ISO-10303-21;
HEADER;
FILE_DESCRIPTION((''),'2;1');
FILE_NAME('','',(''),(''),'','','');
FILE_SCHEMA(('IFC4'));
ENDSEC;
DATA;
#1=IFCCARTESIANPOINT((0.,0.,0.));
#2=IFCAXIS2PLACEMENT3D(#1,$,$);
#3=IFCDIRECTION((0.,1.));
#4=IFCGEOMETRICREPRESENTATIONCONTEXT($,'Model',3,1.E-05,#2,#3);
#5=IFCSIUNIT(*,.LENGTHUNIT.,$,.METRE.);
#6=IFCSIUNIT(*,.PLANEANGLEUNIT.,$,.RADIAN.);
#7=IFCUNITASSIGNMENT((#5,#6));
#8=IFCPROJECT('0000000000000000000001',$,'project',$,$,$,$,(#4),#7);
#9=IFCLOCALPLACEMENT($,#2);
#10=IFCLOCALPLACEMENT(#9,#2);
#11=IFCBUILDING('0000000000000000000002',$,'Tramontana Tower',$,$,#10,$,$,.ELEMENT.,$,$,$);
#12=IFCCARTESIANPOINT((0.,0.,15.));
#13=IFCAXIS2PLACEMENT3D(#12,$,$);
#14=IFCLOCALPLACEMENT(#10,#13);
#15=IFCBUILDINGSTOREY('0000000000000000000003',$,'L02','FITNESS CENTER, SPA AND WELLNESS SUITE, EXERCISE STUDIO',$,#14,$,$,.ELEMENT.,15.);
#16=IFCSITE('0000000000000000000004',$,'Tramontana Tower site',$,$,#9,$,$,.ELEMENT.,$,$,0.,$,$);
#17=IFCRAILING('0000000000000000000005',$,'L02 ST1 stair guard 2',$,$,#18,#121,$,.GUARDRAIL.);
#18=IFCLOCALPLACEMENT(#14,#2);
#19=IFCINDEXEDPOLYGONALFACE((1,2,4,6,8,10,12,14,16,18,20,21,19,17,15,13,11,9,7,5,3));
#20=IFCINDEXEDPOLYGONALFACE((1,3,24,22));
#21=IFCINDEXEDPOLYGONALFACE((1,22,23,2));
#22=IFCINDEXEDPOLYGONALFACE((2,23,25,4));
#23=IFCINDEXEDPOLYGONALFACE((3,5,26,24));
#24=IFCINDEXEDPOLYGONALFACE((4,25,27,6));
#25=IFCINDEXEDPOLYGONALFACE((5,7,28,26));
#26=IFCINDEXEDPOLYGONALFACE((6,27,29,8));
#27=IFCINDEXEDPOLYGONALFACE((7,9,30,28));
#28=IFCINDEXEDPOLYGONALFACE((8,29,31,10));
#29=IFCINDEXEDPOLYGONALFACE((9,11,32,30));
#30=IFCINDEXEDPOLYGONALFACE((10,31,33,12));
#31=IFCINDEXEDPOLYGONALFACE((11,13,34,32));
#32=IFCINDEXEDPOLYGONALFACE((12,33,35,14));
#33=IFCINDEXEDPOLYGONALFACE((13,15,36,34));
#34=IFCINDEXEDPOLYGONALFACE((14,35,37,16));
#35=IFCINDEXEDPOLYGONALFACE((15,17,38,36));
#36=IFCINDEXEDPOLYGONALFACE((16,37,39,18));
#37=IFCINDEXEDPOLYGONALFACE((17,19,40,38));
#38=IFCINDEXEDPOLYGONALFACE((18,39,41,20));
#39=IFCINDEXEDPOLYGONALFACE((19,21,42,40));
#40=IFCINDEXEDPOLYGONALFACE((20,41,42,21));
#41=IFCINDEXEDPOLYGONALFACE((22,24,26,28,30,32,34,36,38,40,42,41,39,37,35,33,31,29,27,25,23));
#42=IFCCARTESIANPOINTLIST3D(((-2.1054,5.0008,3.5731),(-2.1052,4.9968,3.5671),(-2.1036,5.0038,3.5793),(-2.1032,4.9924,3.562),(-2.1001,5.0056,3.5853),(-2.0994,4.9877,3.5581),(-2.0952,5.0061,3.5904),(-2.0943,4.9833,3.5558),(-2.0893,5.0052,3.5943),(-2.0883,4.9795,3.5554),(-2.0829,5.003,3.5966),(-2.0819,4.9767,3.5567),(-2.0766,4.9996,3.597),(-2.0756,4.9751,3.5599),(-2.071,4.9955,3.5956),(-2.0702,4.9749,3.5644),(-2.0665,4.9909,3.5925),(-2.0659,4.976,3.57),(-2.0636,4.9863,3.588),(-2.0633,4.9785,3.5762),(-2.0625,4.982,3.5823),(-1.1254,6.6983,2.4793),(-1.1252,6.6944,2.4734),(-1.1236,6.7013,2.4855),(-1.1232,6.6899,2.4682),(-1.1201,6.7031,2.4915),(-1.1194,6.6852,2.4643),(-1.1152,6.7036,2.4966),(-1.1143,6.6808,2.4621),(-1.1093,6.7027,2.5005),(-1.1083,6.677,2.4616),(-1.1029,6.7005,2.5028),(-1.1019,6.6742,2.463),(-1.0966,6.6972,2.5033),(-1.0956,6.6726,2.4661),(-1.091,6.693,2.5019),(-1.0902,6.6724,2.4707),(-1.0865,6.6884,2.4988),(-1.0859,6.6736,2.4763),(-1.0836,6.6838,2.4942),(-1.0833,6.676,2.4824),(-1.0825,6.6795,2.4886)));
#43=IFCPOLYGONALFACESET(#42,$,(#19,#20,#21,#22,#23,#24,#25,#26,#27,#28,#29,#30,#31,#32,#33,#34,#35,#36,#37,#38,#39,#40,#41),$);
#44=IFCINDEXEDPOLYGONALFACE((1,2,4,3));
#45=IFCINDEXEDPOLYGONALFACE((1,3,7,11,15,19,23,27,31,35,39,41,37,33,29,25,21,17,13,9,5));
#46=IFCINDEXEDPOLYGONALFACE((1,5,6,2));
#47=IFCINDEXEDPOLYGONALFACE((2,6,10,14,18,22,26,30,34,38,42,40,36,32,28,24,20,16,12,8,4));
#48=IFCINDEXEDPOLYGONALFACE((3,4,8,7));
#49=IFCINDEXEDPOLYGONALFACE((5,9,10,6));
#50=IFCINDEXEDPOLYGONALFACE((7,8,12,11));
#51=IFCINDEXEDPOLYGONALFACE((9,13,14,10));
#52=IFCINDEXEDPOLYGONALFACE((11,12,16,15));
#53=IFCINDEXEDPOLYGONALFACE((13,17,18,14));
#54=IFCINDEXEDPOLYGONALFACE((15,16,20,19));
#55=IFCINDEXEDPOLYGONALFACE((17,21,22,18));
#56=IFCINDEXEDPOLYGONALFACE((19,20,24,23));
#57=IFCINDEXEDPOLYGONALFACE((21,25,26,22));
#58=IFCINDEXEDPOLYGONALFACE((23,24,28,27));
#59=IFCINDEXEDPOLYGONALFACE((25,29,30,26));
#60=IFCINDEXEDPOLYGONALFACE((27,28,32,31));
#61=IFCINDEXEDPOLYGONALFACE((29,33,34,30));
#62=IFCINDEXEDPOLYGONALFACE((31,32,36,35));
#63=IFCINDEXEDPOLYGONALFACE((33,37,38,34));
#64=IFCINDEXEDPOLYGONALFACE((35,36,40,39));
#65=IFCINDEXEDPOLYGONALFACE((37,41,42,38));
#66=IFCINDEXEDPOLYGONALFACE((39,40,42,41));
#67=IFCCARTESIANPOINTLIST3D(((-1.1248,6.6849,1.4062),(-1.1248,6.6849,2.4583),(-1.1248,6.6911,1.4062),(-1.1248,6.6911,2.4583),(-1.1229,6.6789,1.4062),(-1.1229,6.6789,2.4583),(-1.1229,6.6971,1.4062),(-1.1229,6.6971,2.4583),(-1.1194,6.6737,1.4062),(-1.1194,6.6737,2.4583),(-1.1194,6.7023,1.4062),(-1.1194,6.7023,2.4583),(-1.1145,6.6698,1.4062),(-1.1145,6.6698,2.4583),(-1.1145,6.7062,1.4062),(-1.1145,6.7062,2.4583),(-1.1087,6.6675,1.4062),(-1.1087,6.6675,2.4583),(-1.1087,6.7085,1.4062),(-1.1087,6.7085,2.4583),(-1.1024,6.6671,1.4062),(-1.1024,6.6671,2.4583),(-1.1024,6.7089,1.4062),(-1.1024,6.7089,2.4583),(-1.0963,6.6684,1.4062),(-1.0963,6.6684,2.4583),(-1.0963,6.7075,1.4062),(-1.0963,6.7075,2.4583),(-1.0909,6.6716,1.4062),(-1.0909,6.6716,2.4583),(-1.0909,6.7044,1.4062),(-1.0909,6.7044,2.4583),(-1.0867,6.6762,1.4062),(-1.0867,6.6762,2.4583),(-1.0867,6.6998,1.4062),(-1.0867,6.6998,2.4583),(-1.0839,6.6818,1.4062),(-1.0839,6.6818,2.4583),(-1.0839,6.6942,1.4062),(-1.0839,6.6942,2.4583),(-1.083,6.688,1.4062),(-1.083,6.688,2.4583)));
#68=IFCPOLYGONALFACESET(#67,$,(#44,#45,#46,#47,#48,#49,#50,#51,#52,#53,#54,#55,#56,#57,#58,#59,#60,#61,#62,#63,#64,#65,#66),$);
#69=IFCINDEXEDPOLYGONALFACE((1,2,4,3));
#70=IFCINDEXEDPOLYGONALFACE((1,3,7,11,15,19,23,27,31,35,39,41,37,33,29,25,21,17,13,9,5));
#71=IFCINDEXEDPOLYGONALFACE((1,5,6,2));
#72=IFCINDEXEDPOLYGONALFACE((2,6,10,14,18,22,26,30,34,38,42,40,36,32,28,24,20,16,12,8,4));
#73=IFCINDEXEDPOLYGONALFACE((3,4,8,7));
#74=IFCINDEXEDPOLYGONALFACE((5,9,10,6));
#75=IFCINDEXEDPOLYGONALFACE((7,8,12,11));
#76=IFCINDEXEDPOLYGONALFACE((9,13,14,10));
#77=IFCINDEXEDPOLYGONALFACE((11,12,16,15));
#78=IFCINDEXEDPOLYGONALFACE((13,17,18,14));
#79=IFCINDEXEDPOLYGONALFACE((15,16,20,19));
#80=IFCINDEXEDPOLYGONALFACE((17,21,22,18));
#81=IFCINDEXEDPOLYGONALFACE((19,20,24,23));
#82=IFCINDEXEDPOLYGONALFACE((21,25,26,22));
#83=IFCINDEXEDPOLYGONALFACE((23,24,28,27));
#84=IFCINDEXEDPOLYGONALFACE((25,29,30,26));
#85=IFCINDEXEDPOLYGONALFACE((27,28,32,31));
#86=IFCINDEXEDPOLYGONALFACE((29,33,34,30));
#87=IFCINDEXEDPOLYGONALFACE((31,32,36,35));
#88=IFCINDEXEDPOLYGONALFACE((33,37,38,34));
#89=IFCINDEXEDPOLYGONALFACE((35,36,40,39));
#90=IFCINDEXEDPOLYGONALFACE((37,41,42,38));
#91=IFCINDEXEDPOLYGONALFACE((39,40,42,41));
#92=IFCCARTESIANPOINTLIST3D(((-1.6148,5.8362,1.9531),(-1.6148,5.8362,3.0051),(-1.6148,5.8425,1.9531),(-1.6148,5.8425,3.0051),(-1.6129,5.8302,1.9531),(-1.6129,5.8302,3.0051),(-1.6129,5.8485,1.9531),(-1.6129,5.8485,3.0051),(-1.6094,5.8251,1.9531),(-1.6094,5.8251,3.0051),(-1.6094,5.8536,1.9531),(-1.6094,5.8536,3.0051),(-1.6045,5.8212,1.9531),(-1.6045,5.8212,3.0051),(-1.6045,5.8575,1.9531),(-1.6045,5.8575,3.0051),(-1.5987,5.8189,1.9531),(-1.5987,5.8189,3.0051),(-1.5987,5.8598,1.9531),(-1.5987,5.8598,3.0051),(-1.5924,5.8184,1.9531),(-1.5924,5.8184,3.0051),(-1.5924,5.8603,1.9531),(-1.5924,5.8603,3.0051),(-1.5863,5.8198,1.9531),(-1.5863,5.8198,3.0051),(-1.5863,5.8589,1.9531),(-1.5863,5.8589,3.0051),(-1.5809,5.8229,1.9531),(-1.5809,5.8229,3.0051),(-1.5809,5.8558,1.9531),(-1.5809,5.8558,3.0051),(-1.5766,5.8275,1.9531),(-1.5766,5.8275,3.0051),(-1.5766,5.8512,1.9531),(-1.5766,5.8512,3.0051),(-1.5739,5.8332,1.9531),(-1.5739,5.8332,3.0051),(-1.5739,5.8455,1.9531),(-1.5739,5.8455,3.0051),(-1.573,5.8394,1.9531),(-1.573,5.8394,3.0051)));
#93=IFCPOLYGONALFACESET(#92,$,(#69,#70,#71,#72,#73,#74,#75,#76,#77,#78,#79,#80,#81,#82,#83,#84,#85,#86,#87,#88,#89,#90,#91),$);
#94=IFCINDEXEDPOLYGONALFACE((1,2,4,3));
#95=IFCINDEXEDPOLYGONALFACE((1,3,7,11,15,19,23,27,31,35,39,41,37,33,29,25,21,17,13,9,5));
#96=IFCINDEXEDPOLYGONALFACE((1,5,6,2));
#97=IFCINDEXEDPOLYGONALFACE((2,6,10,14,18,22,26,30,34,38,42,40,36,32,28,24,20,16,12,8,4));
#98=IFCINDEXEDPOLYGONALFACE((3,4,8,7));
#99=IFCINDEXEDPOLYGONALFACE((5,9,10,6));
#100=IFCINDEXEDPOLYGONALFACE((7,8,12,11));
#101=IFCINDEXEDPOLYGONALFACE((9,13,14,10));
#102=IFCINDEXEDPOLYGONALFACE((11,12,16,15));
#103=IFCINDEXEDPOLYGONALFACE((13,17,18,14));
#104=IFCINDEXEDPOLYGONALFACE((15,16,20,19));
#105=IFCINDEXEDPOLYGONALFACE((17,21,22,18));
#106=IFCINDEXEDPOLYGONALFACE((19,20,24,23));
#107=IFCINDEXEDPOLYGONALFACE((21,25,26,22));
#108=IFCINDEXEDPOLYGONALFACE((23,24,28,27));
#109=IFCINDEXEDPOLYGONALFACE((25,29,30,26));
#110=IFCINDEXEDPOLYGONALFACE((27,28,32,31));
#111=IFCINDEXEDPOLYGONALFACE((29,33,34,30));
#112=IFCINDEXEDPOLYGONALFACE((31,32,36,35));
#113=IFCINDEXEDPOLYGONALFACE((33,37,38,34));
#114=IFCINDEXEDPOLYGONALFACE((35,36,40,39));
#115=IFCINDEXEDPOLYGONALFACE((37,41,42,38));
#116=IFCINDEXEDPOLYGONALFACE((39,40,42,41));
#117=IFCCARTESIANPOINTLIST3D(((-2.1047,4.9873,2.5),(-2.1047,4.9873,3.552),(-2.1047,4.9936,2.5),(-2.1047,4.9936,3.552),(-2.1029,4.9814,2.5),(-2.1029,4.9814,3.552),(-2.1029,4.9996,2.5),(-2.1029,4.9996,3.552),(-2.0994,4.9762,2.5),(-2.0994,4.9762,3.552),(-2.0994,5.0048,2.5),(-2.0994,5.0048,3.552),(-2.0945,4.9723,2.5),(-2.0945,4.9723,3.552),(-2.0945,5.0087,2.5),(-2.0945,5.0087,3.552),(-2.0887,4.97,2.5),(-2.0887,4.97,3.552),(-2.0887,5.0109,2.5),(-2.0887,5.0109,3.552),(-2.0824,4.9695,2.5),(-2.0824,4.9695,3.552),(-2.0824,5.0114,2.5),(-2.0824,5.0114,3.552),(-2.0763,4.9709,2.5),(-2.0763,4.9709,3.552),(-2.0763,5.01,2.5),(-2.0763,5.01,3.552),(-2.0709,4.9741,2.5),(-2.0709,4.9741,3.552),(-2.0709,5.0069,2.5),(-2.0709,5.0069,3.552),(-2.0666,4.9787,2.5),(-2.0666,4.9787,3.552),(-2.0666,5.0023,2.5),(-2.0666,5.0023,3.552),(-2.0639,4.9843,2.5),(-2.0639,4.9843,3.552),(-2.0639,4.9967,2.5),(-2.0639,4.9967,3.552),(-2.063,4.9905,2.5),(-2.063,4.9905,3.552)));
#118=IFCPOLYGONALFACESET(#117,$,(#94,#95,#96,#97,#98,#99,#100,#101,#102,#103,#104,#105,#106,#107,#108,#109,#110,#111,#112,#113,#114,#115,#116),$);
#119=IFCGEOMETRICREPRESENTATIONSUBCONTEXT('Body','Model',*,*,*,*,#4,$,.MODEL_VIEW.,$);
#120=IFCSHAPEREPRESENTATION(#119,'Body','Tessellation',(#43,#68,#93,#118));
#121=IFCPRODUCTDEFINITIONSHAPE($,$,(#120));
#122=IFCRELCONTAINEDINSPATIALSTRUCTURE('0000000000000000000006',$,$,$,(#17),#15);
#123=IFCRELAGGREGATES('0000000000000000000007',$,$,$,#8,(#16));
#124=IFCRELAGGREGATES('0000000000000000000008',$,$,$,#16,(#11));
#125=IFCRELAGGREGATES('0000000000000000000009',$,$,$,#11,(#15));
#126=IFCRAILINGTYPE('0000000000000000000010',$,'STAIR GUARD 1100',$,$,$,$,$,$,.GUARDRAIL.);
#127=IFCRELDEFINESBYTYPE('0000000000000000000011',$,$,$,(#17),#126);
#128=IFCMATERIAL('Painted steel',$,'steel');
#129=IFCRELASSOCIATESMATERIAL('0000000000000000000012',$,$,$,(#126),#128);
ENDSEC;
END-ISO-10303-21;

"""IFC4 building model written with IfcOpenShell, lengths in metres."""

from ifc_helpers import new_model, si_unit, direction, frame, origin, origin_2d, place, context, subcontext, project, spatial, circle, extrude, material, type_object, element, save


model = new_model("IFC4")

# Units and contexts
model_context = context("Model", 3, precision=1e-05, world=origin(), true_north=direction((0.0, 1.0)))
body_context = subcontext(model_context, "Body", "Model", "MODEL_VIEW")
ifc_project = project(units=[si_unit("LENGTHUNIT", "METRE"), si_unit("PLANEANGLEUNIT", "RADIAN")], contexts=[model_context])

# Site, building, storey
site_placement = place(None, origin())
site = spatial("IfcSite", under=ifc_project, at=site_placement, Name="Tramontana Tower site", CompositionType="ELEMENT", RefElevation=0.0)
building_placement = place(site_placement, origin())
building = spatial("IfcBuilding", under=site, at=building_placement, Name="Tramontana Tower", CompositionType="ELEMENT")
storey_placement = place(building_placement, frame((0.0, 0.0, 15.0)))
storey = spatial("IfcBuildingStorey", under=building, at=storey_placement, Name="L02", Description="FITNESS CENTER, SPA AND WELLNESS SUITE, EXERCISE STUDIO", CompositionType="ELEMENT", Elevation=15.0)

# Railing
ifc_material_1 = material(Name="Painted steel", Category="steel")
railing_type_1 = type_object("IfcRailingType", Name="STAIR GUARD 1100", PredefinedType="GUARDRAIL", material=ifc_material_1)
railing_1_placement = place(storey_placement, frame((-1.104, 6.688, 1.4062)))
element("IfcRailing", 1, at=railing_1_placement, inside=storey, type_object=railing_type_1, Name="L02 ST1 stair guard 2", PredefinedType="GUARDRAIL", context=body_context, shape_type="SweptSolid", body=[
    extrude(circle(Radius=0.0239, at=origin_2d()), frame((0.0, 0.0, 1.0762), z_axis=(-0.436596, -0.756267, 0.487282), x_axis=(0.866042, -0.49997, 0.0)), (0.0, 0.0, 1.0), 2.2446),
    extrude(circle(Radius=0.021, at=origin_2d()), origin(), (0.0, 0.0, 1.0), 1.052),
    extrude(circle(Radius=0.021, at=origin_2d()), frame((-0.49, -0.8486, 0.5469)), (0.0, 0.0, 1.0), 1.052),
    extrude(circle(Radius=0.021, at=origin_2d()), frame((-0.98, -1.6975, 1.0938)), (0.0, 0.0, 1.0), 1.052),
])

save(model, "model.ifc")
